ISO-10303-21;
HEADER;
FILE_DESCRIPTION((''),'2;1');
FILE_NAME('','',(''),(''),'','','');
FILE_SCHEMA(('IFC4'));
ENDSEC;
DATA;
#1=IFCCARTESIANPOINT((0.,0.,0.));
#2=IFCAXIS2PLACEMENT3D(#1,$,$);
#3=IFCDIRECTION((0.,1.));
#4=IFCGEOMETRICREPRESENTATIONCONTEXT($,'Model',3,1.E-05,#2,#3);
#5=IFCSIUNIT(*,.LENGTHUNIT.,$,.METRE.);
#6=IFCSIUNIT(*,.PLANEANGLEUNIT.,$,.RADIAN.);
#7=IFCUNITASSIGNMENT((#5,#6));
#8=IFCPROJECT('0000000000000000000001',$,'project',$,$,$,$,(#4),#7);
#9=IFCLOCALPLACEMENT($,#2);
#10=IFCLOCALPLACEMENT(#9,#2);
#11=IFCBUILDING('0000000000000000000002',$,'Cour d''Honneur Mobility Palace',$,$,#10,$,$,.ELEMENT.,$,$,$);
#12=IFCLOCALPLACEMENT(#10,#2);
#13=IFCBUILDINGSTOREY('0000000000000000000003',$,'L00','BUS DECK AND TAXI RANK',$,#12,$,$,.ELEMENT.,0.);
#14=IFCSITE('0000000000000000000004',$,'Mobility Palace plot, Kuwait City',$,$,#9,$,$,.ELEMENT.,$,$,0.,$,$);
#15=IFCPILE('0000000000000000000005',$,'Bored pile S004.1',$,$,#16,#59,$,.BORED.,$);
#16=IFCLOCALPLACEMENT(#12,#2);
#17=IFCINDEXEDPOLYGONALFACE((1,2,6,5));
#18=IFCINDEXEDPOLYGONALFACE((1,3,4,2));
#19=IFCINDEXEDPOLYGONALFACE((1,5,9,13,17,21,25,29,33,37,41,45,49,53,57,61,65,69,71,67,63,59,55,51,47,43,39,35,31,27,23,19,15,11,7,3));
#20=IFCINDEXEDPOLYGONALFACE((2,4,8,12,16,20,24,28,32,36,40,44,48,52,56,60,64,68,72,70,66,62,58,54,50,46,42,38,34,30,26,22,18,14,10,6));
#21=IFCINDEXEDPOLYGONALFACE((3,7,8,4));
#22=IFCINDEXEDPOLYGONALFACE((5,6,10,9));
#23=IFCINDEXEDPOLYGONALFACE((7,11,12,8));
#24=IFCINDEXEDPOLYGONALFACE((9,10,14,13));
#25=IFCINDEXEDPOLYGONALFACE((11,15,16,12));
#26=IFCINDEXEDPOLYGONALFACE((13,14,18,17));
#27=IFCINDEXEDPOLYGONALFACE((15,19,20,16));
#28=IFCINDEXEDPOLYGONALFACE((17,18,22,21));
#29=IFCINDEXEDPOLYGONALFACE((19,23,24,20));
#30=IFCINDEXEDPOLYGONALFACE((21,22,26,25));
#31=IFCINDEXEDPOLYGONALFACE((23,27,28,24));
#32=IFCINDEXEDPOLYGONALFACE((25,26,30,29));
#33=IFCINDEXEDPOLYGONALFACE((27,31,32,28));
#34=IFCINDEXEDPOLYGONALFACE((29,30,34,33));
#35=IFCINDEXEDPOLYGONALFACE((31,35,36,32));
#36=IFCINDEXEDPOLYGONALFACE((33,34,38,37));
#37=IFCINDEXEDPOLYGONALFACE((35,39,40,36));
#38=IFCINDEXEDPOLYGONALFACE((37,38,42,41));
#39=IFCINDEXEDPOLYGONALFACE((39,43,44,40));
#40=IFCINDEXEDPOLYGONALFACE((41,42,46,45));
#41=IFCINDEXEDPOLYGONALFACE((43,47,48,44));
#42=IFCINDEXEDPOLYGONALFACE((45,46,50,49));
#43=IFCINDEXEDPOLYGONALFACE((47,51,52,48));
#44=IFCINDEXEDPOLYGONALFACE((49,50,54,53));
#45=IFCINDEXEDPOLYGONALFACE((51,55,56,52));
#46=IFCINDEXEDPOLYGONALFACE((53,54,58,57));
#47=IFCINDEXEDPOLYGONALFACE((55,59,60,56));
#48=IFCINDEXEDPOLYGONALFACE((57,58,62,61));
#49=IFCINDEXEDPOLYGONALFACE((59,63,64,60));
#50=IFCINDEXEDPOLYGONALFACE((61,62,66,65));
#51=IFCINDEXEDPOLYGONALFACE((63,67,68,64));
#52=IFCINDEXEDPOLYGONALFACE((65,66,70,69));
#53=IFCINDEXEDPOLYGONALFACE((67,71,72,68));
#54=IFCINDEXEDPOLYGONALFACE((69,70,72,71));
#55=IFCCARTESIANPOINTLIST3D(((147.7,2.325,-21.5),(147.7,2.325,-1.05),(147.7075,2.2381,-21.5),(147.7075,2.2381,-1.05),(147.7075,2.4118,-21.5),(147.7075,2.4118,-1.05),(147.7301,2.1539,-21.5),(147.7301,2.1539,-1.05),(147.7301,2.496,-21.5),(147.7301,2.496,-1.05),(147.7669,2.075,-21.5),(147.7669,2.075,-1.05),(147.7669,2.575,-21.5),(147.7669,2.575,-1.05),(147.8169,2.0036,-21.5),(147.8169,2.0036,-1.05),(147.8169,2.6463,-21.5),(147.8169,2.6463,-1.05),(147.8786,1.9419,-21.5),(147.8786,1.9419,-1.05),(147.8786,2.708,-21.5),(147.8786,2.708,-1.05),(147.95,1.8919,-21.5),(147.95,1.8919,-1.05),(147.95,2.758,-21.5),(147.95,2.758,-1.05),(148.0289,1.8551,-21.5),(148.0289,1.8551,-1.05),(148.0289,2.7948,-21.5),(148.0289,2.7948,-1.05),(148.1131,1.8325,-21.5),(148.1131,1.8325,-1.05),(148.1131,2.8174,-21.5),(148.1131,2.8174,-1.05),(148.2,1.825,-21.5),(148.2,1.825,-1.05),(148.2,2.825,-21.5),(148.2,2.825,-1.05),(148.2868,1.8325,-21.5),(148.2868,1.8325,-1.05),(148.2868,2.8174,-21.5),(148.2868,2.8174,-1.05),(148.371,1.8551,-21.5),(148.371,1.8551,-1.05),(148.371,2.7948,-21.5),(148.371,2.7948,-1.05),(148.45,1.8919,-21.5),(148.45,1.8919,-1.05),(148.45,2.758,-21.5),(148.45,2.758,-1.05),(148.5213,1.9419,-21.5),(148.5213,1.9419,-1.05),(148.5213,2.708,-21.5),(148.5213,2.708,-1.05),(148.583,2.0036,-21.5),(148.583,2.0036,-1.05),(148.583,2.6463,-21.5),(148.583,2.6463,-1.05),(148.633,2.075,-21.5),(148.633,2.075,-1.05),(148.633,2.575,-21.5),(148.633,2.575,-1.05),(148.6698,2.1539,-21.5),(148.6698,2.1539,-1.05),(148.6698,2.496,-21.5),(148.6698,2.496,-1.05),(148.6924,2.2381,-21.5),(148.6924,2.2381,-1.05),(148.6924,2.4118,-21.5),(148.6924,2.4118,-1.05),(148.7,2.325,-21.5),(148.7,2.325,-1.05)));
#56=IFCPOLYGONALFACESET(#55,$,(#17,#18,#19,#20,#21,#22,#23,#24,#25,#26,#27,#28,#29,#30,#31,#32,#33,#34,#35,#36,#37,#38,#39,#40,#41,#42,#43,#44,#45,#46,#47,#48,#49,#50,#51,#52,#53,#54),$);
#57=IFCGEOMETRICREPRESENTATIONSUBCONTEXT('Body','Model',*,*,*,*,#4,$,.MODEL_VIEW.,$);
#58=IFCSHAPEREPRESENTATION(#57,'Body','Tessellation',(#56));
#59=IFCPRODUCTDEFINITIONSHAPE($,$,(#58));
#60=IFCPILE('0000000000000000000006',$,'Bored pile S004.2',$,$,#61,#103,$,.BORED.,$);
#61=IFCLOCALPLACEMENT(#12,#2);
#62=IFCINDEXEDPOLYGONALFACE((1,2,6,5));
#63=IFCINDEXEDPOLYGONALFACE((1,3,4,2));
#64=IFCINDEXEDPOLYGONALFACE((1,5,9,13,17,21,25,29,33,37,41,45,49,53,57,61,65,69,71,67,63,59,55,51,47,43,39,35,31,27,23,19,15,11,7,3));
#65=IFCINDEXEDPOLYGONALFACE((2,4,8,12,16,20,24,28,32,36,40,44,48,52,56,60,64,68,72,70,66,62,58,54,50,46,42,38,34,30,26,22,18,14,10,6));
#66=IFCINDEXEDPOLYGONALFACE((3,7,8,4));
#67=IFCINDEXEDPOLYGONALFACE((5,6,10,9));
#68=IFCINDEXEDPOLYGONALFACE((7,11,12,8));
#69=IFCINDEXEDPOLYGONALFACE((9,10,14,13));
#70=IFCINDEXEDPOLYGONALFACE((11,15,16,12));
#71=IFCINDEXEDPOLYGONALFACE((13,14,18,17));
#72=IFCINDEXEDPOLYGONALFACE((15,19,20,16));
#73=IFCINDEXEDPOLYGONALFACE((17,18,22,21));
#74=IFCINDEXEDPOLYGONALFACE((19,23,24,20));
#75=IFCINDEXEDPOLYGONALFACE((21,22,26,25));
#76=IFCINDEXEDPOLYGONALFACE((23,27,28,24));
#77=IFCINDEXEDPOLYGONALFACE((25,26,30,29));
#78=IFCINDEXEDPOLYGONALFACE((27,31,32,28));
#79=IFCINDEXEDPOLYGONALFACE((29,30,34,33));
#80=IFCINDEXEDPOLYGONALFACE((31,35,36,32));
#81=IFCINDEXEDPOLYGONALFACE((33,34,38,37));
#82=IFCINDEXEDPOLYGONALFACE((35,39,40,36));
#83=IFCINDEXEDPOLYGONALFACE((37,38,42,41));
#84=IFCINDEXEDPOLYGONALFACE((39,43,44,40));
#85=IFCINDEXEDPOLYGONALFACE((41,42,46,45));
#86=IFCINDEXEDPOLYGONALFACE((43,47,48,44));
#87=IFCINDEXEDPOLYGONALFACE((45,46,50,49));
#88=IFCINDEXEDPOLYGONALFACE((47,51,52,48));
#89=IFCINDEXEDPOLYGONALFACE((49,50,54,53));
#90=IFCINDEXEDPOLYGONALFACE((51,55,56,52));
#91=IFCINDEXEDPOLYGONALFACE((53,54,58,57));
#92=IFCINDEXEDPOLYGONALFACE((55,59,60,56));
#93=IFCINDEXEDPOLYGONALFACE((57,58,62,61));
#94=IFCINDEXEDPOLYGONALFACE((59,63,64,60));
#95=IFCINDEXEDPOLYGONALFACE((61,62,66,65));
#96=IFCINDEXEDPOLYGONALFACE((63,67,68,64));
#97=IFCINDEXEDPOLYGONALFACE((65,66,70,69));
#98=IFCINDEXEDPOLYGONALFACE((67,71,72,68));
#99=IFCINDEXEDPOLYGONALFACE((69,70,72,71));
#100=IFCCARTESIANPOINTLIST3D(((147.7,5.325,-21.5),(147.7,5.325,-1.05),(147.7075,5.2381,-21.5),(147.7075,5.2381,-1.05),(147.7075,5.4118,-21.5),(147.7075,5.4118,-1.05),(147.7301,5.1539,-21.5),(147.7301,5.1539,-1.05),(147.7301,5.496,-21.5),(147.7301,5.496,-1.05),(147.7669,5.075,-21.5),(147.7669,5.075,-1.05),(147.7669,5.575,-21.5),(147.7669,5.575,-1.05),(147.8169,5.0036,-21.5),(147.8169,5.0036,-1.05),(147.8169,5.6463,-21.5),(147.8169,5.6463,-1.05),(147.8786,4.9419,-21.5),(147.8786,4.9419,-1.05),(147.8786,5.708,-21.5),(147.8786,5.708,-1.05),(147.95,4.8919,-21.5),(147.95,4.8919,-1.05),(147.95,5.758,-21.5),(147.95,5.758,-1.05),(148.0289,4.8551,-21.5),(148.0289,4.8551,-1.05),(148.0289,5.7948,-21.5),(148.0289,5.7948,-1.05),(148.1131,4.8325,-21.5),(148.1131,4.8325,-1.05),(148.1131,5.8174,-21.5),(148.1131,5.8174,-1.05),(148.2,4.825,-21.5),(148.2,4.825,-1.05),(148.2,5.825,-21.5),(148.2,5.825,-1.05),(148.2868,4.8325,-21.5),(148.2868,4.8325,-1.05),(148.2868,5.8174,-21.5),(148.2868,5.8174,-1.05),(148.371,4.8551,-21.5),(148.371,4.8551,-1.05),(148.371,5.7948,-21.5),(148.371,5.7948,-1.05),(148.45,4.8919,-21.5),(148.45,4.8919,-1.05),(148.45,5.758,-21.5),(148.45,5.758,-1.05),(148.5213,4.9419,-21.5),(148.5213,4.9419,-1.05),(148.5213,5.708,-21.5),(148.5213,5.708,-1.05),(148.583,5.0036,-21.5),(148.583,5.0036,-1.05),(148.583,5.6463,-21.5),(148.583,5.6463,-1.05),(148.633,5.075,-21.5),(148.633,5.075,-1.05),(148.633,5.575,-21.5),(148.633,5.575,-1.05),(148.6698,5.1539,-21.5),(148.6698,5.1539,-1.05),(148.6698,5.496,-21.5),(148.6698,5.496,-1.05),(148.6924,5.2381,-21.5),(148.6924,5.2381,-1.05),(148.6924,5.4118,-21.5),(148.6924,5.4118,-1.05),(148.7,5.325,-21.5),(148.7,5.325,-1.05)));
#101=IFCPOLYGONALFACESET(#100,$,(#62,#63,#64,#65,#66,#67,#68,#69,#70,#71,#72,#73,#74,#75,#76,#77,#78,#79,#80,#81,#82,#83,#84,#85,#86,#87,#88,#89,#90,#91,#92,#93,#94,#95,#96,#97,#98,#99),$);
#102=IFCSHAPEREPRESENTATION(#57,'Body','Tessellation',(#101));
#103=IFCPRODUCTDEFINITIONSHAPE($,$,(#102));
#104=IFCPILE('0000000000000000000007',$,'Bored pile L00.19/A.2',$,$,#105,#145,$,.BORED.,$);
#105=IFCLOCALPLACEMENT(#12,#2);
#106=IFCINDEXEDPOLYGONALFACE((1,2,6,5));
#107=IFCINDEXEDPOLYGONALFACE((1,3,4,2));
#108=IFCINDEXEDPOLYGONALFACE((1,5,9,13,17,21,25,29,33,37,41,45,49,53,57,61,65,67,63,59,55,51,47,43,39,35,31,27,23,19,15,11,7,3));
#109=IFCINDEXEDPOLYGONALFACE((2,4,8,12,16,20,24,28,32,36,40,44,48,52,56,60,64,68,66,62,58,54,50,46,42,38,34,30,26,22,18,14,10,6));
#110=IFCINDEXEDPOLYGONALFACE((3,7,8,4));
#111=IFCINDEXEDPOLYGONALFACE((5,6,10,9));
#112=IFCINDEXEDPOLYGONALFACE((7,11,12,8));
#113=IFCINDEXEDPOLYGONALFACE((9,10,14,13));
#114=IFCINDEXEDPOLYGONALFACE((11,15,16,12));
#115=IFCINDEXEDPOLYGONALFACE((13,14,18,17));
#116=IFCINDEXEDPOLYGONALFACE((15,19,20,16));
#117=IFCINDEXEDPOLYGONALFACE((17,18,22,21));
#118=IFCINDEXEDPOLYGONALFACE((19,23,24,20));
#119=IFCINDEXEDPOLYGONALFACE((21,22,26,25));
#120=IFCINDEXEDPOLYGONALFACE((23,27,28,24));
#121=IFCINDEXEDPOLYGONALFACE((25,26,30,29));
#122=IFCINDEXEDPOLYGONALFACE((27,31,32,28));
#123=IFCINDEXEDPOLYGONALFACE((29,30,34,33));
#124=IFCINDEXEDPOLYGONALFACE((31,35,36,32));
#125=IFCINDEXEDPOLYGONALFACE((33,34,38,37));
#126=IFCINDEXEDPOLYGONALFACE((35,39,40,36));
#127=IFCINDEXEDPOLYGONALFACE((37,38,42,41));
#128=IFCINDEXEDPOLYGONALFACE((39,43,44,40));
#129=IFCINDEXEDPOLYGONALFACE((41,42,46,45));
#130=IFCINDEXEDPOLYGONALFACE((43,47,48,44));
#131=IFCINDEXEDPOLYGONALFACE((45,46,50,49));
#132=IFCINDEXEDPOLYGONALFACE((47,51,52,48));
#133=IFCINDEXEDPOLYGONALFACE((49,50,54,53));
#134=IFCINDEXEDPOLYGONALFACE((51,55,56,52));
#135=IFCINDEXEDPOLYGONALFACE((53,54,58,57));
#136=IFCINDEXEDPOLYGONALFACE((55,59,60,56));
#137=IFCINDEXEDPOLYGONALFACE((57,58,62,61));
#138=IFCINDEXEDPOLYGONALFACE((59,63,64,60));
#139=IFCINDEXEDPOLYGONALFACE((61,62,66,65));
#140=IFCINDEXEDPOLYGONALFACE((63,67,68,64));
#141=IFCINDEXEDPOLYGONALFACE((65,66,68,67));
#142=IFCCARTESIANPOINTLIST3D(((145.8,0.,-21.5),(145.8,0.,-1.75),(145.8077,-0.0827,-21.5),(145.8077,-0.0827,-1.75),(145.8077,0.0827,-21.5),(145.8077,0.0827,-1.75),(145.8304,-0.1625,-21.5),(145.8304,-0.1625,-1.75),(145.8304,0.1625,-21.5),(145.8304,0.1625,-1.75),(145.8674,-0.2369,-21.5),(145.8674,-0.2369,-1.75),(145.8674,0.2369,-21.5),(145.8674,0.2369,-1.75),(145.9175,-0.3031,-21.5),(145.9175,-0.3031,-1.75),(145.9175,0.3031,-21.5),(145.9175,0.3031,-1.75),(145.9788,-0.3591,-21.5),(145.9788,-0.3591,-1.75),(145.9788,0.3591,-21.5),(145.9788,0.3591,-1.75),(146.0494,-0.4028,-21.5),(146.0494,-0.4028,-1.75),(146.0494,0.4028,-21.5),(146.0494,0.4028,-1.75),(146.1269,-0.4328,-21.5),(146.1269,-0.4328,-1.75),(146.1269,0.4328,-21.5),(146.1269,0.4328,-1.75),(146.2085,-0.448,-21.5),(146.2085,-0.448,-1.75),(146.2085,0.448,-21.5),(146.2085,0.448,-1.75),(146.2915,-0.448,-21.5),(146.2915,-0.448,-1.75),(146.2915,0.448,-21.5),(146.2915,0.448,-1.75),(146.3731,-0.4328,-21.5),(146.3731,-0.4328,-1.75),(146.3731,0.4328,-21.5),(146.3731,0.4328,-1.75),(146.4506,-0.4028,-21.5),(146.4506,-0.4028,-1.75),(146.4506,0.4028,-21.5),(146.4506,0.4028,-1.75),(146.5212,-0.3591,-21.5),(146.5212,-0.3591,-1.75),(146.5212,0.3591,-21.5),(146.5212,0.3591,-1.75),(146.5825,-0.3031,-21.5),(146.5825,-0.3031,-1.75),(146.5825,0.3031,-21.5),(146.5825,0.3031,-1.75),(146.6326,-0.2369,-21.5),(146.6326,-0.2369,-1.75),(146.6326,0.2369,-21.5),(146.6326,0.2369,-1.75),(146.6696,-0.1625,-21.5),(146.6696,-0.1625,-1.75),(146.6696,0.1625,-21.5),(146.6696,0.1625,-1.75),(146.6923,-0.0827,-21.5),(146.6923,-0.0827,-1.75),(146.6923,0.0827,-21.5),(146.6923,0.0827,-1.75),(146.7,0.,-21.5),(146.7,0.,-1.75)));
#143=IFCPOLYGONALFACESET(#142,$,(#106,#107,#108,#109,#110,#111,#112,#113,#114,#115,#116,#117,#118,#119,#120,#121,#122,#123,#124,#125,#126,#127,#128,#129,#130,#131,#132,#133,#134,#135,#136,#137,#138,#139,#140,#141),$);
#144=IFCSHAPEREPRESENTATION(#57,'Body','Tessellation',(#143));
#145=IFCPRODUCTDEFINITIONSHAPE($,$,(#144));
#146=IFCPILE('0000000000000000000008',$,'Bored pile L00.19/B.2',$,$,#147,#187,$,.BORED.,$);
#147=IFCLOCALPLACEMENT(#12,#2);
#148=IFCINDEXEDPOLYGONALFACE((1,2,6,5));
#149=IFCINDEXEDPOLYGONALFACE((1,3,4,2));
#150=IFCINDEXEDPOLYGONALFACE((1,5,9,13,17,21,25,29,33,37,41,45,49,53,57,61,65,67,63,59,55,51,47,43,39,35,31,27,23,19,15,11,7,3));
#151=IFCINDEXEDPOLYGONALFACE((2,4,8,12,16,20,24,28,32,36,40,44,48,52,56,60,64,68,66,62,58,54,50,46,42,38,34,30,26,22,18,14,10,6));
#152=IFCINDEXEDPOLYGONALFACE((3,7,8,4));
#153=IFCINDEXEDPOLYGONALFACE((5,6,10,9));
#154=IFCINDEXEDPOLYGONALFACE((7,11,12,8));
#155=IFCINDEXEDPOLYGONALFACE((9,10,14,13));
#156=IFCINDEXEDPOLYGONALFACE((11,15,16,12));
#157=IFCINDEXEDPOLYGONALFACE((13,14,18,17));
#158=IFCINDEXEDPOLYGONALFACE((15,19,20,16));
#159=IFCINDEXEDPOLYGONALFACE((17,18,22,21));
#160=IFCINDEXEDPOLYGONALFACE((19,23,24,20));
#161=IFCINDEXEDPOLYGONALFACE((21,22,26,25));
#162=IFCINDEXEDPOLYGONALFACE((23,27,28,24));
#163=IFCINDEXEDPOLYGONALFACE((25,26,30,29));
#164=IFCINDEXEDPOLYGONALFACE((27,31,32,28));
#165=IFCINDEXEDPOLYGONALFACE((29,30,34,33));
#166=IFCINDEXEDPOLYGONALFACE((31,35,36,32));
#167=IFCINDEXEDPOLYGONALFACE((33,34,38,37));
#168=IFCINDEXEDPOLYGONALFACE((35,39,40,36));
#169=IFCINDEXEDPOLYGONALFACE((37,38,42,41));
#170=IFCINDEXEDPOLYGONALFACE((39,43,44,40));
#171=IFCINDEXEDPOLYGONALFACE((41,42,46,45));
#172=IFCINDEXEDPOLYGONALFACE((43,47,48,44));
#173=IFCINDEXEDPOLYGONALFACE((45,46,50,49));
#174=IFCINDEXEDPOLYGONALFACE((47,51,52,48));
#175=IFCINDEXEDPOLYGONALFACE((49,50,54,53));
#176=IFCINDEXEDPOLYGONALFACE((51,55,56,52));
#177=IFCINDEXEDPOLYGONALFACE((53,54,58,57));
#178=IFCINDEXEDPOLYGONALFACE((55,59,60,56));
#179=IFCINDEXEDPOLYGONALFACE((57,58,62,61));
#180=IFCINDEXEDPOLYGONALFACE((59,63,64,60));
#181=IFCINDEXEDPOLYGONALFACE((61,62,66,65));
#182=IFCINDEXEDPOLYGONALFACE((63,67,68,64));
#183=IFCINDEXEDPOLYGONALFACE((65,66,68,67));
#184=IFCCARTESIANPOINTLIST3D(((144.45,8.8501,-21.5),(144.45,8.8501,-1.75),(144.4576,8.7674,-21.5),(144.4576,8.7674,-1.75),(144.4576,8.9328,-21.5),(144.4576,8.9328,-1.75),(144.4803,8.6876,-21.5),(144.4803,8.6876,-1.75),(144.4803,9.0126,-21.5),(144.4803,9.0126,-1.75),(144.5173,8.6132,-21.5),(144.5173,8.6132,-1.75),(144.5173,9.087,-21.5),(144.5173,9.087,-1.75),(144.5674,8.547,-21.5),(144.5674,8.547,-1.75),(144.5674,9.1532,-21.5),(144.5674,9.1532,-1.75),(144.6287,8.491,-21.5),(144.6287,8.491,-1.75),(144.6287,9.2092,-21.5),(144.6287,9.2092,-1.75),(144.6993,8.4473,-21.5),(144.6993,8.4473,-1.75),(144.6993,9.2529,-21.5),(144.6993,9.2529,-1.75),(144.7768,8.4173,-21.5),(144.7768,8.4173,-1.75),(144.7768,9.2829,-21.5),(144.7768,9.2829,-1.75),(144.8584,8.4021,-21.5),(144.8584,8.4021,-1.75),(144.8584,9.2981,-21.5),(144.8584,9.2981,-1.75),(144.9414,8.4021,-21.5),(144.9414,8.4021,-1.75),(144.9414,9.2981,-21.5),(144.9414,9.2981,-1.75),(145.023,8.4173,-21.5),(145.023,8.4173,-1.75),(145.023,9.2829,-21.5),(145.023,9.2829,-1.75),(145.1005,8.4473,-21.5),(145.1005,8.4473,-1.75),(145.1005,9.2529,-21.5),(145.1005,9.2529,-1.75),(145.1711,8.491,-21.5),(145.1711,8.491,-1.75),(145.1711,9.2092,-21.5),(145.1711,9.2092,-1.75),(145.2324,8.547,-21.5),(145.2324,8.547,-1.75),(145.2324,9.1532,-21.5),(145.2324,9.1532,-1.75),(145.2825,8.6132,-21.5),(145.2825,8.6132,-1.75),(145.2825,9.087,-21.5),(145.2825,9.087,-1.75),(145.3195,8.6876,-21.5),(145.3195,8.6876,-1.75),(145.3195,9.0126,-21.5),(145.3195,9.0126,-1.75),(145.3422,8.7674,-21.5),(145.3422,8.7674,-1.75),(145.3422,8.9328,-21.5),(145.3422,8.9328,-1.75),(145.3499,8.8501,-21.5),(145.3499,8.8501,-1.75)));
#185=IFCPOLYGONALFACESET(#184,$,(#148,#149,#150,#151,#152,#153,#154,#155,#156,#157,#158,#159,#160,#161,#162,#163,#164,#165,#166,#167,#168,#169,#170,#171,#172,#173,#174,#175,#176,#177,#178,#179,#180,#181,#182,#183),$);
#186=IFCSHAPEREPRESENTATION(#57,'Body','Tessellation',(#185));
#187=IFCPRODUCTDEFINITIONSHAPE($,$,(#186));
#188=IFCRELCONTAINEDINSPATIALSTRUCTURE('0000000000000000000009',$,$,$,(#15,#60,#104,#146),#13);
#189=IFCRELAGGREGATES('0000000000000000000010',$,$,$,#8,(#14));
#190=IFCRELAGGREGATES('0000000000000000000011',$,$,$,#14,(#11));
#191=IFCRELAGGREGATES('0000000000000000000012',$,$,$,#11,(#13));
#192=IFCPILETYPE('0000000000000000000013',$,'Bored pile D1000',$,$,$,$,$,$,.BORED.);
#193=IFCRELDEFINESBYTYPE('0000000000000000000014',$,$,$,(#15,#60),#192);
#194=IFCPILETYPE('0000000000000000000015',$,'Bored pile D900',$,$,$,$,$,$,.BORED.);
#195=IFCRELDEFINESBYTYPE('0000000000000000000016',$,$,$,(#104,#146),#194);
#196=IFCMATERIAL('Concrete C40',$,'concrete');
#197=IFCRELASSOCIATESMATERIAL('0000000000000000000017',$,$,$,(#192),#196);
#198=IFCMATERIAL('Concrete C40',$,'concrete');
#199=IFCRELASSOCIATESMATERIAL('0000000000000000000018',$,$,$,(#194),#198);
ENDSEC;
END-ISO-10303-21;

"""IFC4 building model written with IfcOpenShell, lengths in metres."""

from ifc_helpers import new_model, si_unit, direction, frame, origin, origin_2d, place, context, subcontext, project, spatial, circle, extrude, material, material_profile, profile_set, type_object, element, save


model = new_model("IFC4")

# Units and contexts
model_context = context("Model", 3, precision=1e-05, world=origin(), true_north=direction((0.0, 1.0)))
body_context = subcontext(model_context, "Body", "Model", "MODEL_VIEW")
ifc_project = project(units=[si_unit("LENGTHUNIT", "METRE"), si_unit("PLANEANGLEUNIT", "RADIAN")], contexts=[model_context])

# Site, building, storey
site_placement = place(None, origin())
site = spatial("IfcSite", under=ifc_project, at=site_placement, Name="Mobility Palace plot, Kuwait City", CompositionType="ELEMENT", RefElevation=0.0)
building_placement = place(site_placement, origin())
building = spatial("IfcBuilding", under=site, at=building_placement, Name="Cour d'Honneur Mobility Palace", CompositionType="ELEMENT")
storey_placement = place(building_placement, origin())
storey = spatial("IfcBuildingStorey", under=building, at=storey_placement, Name="L00", Description="BUS DECK AND TAXI RANK", CompositionType="ELEMENT", Elevation=0.0)

# Piles
ifc_material_1 = material(Name="Concrete C40", Category="concrete")
ifc_material_profile_1 = material_profile(ifc_material_1, circle(Radius=0.5, at=origin_2d()), Name="Bored pile D1000")
ifc_profile_set_1 = profile_set([ifc_material_profile_1], Name="Concrete C40")
pile_type_1 = type_object("IfcPileType", Name="Bored pile D1000", PredefinedType="BORED", material=ifc_profile_set_1)
for number, where, z_axis, x_axis, name in (
    (1, (148.2, 2.325, -1.05), (0.0, 0.0, -1.0), (1.0, 0.0, 0.0), "Bored pile S004.1"),
    (2, (148.2, 5.325, -1.05), (0.0, 0.0, -1.0), (1.0, 0.0, 0.0), "Bored pile S004.2"),
):
    element("IfcPile", number, at=place(storey_placement, frame(where, z_axis=z_axis, x_axis=x_axis)), inside=storey, type_object=pile_type_1, Name=name, PredefinedType="BORED", context=body_context, shape_type="SweptSolid", body=[
        extrude(circle(Radius=0.5, at=origin_2d()), origin(), (0.0, 0.0, 1.0), 20.45),
    ])
ifc_material_2 = material(Name="Concrete C40", Category="concrete")
ifc_material_profile_2 = material_profile(ifc_material_2, circle(Radius=0.45, at=origin_2d()), Name="Bored pile D900")
ifc_profile_set_2 = profile_set([ifc_material_profile_2], Name="Concrete C40")
pile_type_2 = type_object("IfcPileType", Name="Bored pile D900", PredefinedType="BORED", material=ifc_profile_set_2)
for number, where, z_axis, x_axis, name in (
    (3, (146.25, 0.0, -1.75), (0.0, 0.0, -1.0), (1.0, 0.0, 0.0), "Bored pile L00.19/A.2"),
    (4, (144.8999, 8.8501, -1.75), (0.0, 0.0, -1.0), (1.0, 0.0, 0.0), "Bored pile L00.19/B.2"),
):
    element("IfcPile", number, at=place(storey_placement, frame(where, z_axis=z_axis, x_axis=x_axis)), inside=storey, type_object=pile_type_2, Name=name, PredefinedType="BORED", context=body_context, shape_type="SweptSolid", body=[
        extrude(circle(Radius=0.45, at=origin_2d()), origin(), (0.0, 0.0, 1.0), 19.75),
    ])

save(model, "model.ifc")
